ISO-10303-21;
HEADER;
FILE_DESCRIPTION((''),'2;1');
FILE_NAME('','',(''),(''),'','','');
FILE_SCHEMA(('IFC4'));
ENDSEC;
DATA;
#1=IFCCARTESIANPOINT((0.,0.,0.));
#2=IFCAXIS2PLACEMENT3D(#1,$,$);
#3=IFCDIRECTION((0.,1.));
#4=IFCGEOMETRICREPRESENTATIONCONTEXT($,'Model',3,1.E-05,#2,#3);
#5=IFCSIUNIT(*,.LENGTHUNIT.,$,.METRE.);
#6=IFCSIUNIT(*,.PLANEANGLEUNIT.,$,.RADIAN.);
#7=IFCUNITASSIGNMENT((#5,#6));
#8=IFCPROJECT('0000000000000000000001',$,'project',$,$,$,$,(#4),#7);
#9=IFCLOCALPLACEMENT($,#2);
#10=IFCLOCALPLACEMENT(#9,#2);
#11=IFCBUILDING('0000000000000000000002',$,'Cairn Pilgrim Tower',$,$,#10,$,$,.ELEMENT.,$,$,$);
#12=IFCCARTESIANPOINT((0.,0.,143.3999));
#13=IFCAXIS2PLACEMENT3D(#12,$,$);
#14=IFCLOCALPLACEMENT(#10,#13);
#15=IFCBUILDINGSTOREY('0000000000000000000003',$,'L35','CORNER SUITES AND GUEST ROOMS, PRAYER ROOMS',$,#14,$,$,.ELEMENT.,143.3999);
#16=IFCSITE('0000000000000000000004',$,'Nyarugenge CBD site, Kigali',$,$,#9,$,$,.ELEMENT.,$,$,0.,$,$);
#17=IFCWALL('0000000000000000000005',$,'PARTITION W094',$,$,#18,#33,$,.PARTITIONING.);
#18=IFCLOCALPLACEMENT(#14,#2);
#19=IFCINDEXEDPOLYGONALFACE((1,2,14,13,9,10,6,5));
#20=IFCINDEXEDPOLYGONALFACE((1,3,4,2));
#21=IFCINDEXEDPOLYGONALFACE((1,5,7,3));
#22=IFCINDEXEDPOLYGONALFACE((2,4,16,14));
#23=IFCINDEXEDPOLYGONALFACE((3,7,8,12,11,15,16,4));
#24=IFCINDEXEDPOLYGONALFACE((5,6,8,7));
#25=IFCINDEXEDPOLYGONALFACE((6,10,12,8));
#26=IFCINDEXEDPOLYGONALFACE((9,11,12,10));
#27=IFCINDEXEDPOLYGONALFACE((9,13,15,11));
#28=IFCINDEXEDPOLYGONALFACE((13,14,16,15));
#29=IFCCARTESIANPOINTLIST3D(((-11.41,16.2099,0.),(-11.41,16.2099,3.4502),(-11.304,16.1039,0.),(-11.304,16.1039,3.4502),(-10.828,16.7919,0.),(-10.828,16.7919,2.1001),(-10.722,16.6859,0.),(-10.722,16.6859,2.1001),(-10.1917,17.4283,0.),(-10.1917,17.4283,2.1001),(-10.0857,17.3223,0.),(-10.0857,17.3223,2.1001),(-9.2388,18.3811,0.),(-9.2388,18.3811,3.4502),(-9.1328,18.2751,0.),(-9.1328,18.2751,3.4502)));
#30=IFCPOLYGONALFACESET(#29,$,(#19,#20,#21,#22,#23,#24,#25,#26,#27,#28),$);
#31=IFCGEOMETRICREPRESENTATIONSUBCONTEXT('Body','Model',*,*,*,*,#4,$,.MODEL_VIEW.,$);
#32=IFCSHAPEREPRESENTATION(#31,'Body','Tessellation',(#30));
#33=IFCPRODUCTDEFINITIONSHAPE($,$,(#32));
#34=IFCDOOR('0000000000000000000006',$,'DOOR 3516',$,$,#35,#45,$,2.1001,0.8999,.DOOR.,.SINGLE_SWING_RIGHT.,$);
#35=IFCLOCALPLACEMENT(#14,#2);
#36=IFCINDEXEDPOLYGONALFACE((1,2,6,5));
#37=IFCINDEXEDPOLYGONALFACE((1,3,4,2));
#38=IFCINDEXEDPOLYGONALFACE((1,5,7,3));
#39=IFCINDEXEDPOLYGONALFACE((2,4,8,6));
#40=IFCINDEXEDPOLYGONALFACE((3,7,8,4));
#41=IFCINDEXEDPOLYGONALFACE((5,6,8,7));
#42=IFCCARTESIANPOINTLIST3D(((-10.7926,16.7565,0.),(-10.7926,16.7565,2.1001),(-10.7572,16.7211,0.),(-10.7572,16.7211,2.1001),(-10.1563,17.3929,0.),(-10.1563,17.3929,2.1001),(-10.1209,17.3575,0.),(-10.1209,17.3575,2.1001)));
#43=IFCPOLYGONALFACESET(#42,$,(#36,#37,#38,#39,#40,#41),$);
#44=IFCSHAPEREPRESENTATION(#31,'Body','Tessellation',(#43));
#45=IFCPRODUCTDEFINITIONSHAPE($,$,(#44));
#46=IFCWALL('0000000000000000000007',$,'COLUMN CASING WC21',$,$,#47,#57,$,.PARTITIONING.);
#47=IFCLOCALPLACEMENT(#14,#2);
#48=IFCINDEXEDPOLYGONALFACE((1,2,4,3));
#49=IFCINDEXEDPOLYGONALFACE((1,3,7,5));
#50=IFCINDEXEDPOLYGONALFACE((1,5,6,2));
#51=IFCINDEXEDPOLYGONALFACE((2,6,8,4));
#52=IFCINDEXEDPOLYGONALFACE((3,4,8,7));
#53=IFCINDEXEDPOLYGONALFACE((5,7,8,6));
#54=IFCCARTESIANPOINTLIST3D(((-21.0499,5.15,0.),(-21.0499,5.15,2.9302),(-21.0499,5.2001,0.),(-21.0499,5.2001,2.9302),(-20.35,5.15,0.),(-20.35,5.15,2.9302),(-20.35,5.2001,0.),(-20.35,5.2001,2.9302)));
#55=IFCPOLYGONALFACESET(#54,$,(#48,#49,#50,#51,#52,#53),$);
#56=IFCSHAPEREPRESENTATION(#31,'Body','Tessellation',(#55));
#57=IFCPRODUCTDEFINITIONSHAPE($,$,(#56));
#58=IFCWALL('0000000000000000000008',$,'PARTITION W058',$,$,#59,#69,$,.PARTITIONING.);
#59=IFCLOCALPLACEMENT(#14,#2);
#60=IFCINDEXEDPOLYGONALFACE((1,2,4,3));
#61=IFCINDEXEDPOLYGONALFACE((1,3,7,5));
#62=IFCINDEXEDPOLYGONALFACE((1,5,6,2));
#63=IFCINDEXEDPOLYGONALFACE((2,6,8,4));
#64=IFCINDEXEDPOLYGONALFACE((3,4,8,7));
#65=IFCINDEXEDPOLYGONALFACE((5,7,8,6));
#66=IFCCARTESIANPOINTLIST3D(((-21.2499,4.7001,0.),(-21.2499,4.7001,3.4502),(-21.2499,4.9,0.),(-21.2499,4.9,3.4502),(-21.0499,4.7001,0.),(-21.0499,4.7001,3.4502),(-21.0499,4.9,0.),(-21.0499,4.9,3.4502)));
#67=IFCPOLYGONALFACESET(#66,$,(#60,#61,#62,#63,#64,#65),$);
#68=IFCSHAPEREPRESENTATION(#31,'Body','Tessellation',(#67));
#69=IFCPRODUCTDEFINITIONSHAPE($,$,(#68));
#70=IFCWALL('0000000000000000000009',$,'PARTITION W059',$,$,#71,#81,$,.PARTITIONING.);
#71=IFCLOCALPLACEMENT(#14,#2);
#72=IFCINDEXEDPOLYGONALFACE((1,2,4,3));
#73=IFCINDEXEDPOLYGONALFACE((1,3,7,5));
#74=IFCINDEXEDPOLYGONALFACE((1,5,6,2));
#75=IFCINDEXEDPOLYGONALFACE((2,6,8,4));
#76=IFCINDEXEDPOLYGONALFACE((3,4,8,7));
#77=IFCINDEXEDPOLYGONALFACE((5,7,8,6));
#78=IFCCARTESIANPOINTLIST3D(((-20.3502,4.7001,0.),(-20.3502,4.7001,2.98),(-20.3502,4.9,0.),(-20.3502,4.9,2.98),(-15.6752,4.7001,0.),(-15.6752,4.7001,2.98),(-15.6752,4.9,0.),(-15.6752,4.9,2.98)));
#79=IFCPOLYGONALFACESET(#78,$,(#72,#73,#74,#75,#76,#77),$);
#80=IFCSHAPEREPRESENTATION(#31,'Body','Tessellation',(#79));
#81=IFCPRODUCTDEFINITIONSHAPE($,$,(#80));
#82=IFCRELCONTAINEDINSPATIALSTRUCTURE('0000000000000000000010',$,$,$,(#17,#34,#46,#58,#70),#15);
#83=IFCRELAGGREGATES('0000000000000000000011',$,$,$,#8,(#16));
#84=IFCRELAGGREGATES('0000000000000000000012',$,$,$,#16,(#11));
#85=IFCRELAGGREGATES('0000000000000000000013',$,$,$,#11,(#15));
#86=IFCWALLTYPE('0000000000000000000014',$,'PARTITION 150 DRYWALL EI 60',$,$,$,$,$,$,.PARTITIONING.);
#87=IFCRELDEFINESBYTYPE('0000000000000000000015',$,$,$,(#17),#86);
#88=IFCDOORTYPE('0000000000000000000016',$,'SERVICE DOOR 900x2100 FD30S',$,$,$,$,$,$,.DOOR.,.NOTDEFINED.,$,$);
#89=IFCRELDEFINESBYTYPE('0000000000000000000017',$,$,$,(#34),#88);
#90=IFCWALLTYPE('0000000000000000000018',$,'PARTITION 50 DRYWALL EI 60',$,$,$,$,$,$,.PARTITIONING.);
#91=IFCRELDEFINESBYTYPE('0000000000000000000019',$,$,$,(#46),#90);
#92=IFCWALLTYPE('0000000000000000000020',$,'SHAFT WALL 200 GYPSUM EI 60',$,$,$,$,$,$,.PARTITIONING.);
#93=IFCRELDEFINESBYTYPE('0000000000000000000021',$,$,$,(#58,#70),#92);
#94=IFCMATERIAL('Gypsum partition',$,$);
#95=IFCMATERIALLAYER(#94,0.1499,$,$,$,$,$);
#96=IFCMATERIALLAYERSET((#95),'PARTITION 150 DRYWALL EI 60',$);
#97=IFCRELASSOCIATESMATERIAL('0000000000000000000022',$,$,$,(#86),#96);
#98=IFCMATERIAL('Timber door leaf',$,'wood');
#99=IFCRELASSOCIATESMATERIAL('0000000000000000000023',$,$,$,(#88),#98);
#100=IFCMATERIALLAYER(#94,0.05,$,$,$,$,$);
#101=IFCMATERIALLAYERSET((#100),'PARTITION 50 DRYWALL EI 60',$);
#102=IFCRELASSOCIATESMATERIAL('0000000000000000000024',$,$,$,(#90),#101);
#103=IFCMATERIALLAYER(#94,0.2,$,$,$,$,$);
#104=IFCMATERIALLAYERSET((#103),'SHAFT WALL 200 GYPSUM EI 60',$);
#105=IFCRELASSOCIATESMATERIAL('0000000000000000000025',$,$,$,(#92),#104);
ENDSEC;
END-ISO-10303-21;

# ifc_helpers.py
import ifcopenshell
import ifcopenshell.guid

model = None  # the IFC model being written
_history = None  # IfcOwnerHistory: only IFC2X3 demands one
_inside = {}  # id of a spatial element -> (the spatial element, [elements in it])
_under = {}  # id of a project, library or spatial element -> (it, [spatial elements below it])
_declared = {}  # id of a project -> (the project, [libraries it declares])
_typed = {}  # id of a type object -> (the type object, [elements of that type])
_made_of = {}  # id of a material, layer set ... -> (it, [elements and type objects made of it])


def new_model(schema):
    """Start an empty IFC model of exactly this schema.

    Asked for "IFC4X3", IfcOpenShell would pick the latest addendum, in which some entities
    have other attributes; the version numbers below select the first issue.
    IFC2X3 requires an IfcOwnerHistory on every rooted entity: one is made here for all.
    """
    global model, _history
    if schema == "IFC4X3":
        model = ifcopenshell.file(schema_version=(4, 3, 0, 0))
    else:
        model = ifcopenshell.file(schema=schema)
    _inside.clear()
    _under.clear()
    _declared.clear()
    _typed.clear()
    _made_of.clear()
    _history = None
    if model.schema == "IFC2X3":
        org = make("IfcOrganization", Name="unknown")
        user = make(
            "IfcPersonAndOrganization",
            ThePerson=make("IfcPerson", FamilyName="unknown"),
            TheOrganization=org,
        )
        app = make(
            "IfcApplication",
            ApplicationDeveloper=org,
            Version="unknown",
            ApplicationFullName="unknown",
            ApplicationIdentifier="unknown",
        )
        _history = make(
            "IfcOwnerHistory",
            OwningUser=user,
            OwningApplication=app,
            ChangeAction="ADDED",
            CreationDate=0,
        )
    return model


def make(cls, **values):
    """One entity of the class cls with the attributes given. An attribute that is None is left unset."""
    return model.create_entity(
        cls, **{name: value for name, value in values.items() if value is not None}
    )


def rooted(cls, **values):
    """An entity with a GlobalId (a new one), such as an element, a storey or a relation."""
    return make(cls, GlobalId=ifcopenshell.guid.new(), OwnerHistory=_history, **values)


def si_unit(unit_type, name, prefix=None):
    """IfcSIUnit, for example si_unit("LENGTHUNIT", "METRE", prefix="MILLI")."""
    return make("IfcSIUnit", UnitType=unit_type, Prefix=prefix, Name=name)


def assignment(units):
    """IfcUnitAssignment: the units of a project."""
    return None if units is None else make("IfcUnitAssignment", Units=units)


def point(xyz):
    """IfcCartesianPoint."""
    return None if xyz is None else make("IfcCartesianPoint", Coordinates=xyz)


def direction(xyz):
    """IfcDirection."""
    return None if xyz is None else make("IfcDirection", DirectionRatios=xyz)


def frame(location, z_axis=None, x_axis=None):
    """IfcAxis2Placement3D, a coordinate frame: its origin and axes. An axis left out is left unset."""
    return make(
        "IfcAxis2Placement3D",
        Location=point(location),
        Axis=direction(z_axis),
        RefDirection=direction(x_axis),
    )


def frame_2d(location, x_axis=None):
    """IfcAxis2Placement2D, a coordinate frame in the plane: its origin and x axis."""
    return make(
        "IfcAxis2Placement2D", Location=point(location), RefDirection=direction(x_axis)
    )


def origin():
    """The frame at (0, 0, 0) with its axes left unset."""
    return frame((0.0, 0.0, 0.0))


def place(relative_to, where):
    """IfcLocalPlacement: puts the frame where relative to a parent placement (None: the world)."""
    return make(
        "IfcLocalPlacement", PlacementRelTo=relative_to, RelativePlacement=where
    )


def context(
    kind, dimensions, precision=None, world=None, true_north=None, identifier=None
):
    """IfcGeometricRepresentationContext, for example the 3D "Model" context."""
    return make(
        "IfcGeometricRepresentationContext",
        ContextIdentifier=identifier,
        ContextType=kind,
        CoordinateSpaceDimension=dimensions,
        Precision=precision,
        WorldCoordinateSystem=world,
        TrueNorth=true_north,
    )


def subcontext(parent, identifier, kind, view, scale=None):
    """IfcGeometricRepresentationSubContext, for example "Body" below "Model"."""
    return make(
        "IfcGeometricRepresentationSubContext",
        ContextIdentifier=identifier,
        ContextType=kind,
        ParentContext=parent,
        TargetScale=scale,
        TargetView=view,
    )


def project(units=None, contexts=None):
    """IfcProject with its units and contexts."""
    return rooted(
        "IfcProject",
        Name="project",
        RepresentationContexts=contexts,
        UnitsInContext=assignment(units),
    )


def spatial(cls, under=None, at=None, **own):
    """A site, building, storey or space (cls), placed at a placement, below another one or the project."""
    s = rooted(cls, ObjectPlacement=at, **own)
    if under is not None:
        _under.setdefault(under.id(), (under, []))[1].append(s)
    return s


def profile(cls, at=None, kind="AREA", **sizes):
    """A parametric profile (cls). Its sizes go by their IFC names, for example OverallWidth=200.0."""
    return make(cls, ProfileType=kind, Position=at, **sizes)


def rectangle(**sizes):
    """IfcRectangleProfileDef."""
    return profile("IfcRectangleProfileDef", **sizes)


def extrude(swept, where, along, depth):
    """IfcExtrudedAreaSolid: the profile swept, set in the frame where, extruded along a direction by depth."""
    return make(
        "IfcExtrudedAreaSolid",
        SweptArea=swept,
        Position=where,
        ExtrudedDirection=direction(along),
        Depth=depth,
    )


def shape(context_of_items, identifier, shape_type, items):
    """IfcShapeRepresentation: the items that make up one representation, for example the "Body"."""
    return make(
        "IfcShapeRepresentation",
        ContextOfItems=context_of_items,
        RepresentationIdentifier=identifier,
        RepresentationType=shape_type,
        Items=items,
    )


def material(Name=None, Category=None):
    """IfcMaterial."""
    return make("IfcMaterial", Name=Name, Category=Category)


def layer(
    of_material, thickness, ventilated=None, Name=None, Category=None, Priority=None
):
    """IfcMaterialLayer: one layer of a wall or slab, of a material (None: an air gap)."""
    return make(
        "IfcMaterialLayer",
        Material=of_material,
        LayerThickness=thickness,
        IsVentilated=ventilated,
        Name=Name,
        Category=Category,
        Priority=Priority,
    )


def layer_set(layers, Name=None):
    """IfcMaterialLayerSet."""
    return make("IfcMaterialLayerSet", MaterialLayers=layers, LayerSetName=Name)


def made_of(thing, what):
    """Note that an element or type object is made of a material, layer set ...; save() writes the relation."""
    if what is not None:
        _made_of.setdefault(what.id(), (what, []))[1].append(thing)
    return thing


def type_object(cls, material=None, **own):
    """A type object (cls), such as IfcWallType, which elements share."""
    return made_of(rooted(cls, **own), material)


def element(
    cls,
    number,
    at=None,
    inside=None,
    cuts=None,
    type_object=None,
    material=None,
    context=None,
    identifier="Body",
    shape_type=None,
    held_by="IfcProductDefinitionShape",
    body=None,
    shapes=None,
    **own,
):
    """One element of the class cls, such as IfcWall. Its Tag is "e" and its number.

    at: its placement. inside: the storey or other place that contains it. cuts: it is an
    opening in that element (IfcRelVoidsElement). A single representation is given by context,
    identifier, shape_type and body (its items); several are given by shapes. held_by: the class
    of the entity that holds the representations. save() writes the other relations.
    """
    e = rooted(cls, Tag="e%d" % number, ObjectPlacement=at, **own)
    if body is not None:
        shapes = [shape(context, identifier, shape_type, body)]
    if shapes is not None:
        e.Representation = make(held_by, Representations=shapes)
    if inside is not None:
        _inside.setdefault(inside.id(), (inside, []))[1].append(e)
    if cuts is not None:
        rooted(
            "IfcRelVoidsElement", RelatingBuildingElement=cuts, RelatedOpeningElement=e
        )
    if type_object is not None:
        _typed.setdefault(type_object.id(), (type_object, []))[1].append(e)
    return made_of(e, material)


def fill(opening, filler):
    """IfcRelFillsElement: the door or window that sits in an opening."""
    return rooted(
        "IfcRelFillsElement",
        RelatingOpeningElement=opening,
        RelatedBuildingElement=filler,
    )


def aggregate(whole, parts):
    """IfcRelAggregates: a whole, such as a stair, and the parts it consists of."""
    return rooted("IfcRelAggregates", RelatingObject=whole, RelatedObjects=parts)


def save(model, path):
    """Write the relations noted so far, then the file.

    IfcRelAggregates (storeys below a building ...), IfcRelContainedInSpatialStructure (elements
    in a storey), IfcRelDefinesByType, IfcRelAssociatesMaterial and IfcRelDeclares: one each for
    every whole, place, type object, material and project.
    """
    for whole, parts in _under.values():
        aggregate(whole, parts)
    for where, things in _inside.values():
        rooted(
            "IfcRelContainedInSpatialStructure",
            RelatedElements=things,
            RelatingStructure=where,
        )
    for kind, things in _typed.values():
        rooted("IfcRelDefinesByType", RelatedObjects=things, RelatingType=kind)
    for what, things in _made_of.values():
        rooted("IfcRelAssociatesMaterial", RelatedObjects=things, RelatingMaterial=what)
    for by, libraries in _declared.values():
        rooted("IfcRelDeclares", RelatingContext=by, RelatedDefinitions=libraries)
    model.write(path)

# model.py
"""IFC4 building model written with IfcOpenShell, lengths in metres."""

from ifc_helpers import new_model, si_unit, direction, frame, frame_2d, origin, place, context, subcontext, project, spatial, rectangle, extrude, material, layer, layer_set, type_object, element, fill, save


model = new_model("IFC4")

# Units and contexts
model_context = context("Model", 3, precision=1e-05, world=origin(), true_north=direction((0.0, 1.0)))
body_context = subcontext(model_context, "Body", "Model", "MODEL_VIEW")
ifc_project = project(units=[si_unit("LENGTHUNIT", "METRE"), si_unit("PLANEANGLEUNIT", "RADIAN")], contexts=[model_context])

# Site, building, storey
site_placement = place(None, origin())
site = spatial("IfcSite", under=ifc_project, at=site_placement, Name="Nyarugenge CBD site, Kigali", CompositionType="ELEMENT", RefElevation=0.0)
building_placement = place(site_placement, origin())
building = spatial("IfcBuilding", under=site, at=building_placement, Name="Cairn Pilgrim Tower", CompositionType="ELEMENT")
storey_placement = place(building_placement, frame((0.0, 0.0, 143.3999)))
storey = spatial("IfcBuildingStorey", under=building, at=storey_placement, Name="L35", Description="CORNER SUITES AND GUEST ROOMS, PRAYER ROOMS", CompositionType="ELEMENT", Elevation=143.3999)

# Shared definitions
ifc_material_1 = material(Name="Gypsum partition")

# Shared definitions
ifc_material_2 = material(Name="Timber door leaf", Category="wood")

# Shared definitions
ifc_layer_1 = layer(ifc_material_1, 0.1499)
ifc_layer_set_1 = layer_set([ifc_layer_1], Name="PARTITION 150 DRYWALL EI 60")
wall_type_1 = type_object("IfcWallType", Name="PARTITION 150 DRYWALL EI 60", PredefinedType="PARTITIONING", material=ifc_layer_set_1)

# Wall, opening, door
wall_1_placement = place(storey_placement, frame((-11.3569, 16.157, 0.0), z_axis=(0.0, 0.0, 1.0), x_axis=(0.707107, 0.707107, 0.0)))
wall_1 = element("IfcWall", 1, at=wall_1_placement, inside=storey, type_object=wall_type_1, Name="PARTITION W094", PredefinedType="PARTITIONING", context=body_context, shape_type="SweptSolid", body=[
    extrude(rectangle(XDim=3.0706, YDim=0.1499, at=frame_2d((1.5352, 0.0))), origin(), (0.0, 0.0, 1.0), 3.4502),
])
opening_1_placement = place(wall_1_placement, frame((0.823, 0.0, 0.0)))
opening_1 = element("IfcOpeningElement", 2, at=opening_1_placement, cuts=wall_1, PredefinedType="OPENING", context=body_context, shape_type="SweptSolid", body=[
    extrude(rectangle(XDim=0.8999, YDim=2.1001, at=frame_2d((0.45, 1.05))), frame((0.0, 0.085, 0.0), z_axis=(0.0, -1.0, 0.0), x_axis=(1.0, 0.0, 0.0)), (0.0, 0.0, 1.0), 0.1699),
])
door_type_1 = type_object("IfcDoorType", Name="SERVICE DOOR 900x2100 FD30S", OperationType="NOTDEFINED", PredefinedType="DOOR", material=ifc_material_2)
door_1_placement = place(opening_1_placement, origin())
door_1 = element("IfcDoor", 3, at=door_1_placement, inside=storey, type_object=door_type_1, Name="DOOR 3516", OperationType="SINGLE_SWING_RIGHT", OverallHeight=2.1001, OverallWidth=0.8999, PredefinedType="DOOR", context=body_context, shape_type="SweptSolid", body=[
    extrude(rectangle(XDim=0.8999, YDim=2.1001, at=frame_2d((0.45, 1.05))), frame((0.0, 0.0249, 0.0), z_axis=(0.0, -1.0, 0.0), x_axis=(1.0, 0.0, 0.0)), (0.0, 0.0, 1.0), 0.05),
])
fill(opening_1, door_1)

# Walls
ifc_layer_2 = layer(ifc_material_1, 0.05)
ifc_layer_set_2 = layer_set([ifc_layer_2], Name="PARTITION 50 DRYWALL EI 60")
wall_type_2 = type_object("IfcWallType", Name="PARTITION 50 DRYWALL EI 60", PredefinedType="PARTITIONING", material=ifc_layer_set_2)
wall_2_placement = place(storey_placement, frame((-21.05, 5.175, 0.0), z_axis=(0.0, 0.0, 1.0), x_axis=(1.0, 0.0, 0.0)))
element("IfcWall", 4, at=wall_2_placement, inside=storey, type_object=wall_type_2, Name="COLUMN CASING WC21", PredefinedType="PARTITIONING", context=body_context, shape_type="SweptSolid", body=[
    extrude(rectangle(XDim=0.7, YDim=0.05, at=frame_2d((0.3501, 0.0))), origin(), (0.0, 0.0, 1.0), 2.9302),
])
ifc_layer_3 = layer(ifc_material_1, 0.2)
ifc_layer_set_3 = layer_set([ifc_layer_3], Name="SHAFT WALL 200 GYPSUM EI 60")
wall_type_3 = type_object("IfcWallType", Name="SHAFT WALL 200 GYPSUM EI 60", PredefinedType="PARTITIONING", material=ifc_layer_set_3)
wall_3_placement = place(storey_placement, frame((-21.25, 4.8, 0.0), z_axis=(0.0, 0.0, 1.0), x_axis=(1.0, 0.0, 0.0)))
element("IfcWall", 5, at=wall_3_placement, inside=storey, type_object=wall_type_3, Name="PARTITION W058", PredefinedType="PARTITIONING", context=body_context, shape_type="SweptSolid", body=[
    extrude(rectangle(XDim=0.2, YDim=0.2, at=frame_2d((0.1001, 0.0))), origin(), (0.0, 0.0, 1.0), 3.4502),
])
wall_4_placement = place(storey_placement, frame((-20.3501, 4.8, 0.0), z_axis=(0.0, 0.0, 1.0), x_axis=(1.0, 0.0, 0.0)))
element("IfcWall", 6, at=wall_4_placement, inside=storey, type_object=wall_type_3, Name="PARTITION W059", PredefinedType="PARTITIONING", context=body_context, shape_type="SweptSolid", body=[
    extrude(rectangle(XDim=4.675, YDim=0.2, at=frame_2d((2.3374, 0.0))), origin(), (0.0, 0.0, 1.0), 2.98),
])

save(model, "model.ifc")
